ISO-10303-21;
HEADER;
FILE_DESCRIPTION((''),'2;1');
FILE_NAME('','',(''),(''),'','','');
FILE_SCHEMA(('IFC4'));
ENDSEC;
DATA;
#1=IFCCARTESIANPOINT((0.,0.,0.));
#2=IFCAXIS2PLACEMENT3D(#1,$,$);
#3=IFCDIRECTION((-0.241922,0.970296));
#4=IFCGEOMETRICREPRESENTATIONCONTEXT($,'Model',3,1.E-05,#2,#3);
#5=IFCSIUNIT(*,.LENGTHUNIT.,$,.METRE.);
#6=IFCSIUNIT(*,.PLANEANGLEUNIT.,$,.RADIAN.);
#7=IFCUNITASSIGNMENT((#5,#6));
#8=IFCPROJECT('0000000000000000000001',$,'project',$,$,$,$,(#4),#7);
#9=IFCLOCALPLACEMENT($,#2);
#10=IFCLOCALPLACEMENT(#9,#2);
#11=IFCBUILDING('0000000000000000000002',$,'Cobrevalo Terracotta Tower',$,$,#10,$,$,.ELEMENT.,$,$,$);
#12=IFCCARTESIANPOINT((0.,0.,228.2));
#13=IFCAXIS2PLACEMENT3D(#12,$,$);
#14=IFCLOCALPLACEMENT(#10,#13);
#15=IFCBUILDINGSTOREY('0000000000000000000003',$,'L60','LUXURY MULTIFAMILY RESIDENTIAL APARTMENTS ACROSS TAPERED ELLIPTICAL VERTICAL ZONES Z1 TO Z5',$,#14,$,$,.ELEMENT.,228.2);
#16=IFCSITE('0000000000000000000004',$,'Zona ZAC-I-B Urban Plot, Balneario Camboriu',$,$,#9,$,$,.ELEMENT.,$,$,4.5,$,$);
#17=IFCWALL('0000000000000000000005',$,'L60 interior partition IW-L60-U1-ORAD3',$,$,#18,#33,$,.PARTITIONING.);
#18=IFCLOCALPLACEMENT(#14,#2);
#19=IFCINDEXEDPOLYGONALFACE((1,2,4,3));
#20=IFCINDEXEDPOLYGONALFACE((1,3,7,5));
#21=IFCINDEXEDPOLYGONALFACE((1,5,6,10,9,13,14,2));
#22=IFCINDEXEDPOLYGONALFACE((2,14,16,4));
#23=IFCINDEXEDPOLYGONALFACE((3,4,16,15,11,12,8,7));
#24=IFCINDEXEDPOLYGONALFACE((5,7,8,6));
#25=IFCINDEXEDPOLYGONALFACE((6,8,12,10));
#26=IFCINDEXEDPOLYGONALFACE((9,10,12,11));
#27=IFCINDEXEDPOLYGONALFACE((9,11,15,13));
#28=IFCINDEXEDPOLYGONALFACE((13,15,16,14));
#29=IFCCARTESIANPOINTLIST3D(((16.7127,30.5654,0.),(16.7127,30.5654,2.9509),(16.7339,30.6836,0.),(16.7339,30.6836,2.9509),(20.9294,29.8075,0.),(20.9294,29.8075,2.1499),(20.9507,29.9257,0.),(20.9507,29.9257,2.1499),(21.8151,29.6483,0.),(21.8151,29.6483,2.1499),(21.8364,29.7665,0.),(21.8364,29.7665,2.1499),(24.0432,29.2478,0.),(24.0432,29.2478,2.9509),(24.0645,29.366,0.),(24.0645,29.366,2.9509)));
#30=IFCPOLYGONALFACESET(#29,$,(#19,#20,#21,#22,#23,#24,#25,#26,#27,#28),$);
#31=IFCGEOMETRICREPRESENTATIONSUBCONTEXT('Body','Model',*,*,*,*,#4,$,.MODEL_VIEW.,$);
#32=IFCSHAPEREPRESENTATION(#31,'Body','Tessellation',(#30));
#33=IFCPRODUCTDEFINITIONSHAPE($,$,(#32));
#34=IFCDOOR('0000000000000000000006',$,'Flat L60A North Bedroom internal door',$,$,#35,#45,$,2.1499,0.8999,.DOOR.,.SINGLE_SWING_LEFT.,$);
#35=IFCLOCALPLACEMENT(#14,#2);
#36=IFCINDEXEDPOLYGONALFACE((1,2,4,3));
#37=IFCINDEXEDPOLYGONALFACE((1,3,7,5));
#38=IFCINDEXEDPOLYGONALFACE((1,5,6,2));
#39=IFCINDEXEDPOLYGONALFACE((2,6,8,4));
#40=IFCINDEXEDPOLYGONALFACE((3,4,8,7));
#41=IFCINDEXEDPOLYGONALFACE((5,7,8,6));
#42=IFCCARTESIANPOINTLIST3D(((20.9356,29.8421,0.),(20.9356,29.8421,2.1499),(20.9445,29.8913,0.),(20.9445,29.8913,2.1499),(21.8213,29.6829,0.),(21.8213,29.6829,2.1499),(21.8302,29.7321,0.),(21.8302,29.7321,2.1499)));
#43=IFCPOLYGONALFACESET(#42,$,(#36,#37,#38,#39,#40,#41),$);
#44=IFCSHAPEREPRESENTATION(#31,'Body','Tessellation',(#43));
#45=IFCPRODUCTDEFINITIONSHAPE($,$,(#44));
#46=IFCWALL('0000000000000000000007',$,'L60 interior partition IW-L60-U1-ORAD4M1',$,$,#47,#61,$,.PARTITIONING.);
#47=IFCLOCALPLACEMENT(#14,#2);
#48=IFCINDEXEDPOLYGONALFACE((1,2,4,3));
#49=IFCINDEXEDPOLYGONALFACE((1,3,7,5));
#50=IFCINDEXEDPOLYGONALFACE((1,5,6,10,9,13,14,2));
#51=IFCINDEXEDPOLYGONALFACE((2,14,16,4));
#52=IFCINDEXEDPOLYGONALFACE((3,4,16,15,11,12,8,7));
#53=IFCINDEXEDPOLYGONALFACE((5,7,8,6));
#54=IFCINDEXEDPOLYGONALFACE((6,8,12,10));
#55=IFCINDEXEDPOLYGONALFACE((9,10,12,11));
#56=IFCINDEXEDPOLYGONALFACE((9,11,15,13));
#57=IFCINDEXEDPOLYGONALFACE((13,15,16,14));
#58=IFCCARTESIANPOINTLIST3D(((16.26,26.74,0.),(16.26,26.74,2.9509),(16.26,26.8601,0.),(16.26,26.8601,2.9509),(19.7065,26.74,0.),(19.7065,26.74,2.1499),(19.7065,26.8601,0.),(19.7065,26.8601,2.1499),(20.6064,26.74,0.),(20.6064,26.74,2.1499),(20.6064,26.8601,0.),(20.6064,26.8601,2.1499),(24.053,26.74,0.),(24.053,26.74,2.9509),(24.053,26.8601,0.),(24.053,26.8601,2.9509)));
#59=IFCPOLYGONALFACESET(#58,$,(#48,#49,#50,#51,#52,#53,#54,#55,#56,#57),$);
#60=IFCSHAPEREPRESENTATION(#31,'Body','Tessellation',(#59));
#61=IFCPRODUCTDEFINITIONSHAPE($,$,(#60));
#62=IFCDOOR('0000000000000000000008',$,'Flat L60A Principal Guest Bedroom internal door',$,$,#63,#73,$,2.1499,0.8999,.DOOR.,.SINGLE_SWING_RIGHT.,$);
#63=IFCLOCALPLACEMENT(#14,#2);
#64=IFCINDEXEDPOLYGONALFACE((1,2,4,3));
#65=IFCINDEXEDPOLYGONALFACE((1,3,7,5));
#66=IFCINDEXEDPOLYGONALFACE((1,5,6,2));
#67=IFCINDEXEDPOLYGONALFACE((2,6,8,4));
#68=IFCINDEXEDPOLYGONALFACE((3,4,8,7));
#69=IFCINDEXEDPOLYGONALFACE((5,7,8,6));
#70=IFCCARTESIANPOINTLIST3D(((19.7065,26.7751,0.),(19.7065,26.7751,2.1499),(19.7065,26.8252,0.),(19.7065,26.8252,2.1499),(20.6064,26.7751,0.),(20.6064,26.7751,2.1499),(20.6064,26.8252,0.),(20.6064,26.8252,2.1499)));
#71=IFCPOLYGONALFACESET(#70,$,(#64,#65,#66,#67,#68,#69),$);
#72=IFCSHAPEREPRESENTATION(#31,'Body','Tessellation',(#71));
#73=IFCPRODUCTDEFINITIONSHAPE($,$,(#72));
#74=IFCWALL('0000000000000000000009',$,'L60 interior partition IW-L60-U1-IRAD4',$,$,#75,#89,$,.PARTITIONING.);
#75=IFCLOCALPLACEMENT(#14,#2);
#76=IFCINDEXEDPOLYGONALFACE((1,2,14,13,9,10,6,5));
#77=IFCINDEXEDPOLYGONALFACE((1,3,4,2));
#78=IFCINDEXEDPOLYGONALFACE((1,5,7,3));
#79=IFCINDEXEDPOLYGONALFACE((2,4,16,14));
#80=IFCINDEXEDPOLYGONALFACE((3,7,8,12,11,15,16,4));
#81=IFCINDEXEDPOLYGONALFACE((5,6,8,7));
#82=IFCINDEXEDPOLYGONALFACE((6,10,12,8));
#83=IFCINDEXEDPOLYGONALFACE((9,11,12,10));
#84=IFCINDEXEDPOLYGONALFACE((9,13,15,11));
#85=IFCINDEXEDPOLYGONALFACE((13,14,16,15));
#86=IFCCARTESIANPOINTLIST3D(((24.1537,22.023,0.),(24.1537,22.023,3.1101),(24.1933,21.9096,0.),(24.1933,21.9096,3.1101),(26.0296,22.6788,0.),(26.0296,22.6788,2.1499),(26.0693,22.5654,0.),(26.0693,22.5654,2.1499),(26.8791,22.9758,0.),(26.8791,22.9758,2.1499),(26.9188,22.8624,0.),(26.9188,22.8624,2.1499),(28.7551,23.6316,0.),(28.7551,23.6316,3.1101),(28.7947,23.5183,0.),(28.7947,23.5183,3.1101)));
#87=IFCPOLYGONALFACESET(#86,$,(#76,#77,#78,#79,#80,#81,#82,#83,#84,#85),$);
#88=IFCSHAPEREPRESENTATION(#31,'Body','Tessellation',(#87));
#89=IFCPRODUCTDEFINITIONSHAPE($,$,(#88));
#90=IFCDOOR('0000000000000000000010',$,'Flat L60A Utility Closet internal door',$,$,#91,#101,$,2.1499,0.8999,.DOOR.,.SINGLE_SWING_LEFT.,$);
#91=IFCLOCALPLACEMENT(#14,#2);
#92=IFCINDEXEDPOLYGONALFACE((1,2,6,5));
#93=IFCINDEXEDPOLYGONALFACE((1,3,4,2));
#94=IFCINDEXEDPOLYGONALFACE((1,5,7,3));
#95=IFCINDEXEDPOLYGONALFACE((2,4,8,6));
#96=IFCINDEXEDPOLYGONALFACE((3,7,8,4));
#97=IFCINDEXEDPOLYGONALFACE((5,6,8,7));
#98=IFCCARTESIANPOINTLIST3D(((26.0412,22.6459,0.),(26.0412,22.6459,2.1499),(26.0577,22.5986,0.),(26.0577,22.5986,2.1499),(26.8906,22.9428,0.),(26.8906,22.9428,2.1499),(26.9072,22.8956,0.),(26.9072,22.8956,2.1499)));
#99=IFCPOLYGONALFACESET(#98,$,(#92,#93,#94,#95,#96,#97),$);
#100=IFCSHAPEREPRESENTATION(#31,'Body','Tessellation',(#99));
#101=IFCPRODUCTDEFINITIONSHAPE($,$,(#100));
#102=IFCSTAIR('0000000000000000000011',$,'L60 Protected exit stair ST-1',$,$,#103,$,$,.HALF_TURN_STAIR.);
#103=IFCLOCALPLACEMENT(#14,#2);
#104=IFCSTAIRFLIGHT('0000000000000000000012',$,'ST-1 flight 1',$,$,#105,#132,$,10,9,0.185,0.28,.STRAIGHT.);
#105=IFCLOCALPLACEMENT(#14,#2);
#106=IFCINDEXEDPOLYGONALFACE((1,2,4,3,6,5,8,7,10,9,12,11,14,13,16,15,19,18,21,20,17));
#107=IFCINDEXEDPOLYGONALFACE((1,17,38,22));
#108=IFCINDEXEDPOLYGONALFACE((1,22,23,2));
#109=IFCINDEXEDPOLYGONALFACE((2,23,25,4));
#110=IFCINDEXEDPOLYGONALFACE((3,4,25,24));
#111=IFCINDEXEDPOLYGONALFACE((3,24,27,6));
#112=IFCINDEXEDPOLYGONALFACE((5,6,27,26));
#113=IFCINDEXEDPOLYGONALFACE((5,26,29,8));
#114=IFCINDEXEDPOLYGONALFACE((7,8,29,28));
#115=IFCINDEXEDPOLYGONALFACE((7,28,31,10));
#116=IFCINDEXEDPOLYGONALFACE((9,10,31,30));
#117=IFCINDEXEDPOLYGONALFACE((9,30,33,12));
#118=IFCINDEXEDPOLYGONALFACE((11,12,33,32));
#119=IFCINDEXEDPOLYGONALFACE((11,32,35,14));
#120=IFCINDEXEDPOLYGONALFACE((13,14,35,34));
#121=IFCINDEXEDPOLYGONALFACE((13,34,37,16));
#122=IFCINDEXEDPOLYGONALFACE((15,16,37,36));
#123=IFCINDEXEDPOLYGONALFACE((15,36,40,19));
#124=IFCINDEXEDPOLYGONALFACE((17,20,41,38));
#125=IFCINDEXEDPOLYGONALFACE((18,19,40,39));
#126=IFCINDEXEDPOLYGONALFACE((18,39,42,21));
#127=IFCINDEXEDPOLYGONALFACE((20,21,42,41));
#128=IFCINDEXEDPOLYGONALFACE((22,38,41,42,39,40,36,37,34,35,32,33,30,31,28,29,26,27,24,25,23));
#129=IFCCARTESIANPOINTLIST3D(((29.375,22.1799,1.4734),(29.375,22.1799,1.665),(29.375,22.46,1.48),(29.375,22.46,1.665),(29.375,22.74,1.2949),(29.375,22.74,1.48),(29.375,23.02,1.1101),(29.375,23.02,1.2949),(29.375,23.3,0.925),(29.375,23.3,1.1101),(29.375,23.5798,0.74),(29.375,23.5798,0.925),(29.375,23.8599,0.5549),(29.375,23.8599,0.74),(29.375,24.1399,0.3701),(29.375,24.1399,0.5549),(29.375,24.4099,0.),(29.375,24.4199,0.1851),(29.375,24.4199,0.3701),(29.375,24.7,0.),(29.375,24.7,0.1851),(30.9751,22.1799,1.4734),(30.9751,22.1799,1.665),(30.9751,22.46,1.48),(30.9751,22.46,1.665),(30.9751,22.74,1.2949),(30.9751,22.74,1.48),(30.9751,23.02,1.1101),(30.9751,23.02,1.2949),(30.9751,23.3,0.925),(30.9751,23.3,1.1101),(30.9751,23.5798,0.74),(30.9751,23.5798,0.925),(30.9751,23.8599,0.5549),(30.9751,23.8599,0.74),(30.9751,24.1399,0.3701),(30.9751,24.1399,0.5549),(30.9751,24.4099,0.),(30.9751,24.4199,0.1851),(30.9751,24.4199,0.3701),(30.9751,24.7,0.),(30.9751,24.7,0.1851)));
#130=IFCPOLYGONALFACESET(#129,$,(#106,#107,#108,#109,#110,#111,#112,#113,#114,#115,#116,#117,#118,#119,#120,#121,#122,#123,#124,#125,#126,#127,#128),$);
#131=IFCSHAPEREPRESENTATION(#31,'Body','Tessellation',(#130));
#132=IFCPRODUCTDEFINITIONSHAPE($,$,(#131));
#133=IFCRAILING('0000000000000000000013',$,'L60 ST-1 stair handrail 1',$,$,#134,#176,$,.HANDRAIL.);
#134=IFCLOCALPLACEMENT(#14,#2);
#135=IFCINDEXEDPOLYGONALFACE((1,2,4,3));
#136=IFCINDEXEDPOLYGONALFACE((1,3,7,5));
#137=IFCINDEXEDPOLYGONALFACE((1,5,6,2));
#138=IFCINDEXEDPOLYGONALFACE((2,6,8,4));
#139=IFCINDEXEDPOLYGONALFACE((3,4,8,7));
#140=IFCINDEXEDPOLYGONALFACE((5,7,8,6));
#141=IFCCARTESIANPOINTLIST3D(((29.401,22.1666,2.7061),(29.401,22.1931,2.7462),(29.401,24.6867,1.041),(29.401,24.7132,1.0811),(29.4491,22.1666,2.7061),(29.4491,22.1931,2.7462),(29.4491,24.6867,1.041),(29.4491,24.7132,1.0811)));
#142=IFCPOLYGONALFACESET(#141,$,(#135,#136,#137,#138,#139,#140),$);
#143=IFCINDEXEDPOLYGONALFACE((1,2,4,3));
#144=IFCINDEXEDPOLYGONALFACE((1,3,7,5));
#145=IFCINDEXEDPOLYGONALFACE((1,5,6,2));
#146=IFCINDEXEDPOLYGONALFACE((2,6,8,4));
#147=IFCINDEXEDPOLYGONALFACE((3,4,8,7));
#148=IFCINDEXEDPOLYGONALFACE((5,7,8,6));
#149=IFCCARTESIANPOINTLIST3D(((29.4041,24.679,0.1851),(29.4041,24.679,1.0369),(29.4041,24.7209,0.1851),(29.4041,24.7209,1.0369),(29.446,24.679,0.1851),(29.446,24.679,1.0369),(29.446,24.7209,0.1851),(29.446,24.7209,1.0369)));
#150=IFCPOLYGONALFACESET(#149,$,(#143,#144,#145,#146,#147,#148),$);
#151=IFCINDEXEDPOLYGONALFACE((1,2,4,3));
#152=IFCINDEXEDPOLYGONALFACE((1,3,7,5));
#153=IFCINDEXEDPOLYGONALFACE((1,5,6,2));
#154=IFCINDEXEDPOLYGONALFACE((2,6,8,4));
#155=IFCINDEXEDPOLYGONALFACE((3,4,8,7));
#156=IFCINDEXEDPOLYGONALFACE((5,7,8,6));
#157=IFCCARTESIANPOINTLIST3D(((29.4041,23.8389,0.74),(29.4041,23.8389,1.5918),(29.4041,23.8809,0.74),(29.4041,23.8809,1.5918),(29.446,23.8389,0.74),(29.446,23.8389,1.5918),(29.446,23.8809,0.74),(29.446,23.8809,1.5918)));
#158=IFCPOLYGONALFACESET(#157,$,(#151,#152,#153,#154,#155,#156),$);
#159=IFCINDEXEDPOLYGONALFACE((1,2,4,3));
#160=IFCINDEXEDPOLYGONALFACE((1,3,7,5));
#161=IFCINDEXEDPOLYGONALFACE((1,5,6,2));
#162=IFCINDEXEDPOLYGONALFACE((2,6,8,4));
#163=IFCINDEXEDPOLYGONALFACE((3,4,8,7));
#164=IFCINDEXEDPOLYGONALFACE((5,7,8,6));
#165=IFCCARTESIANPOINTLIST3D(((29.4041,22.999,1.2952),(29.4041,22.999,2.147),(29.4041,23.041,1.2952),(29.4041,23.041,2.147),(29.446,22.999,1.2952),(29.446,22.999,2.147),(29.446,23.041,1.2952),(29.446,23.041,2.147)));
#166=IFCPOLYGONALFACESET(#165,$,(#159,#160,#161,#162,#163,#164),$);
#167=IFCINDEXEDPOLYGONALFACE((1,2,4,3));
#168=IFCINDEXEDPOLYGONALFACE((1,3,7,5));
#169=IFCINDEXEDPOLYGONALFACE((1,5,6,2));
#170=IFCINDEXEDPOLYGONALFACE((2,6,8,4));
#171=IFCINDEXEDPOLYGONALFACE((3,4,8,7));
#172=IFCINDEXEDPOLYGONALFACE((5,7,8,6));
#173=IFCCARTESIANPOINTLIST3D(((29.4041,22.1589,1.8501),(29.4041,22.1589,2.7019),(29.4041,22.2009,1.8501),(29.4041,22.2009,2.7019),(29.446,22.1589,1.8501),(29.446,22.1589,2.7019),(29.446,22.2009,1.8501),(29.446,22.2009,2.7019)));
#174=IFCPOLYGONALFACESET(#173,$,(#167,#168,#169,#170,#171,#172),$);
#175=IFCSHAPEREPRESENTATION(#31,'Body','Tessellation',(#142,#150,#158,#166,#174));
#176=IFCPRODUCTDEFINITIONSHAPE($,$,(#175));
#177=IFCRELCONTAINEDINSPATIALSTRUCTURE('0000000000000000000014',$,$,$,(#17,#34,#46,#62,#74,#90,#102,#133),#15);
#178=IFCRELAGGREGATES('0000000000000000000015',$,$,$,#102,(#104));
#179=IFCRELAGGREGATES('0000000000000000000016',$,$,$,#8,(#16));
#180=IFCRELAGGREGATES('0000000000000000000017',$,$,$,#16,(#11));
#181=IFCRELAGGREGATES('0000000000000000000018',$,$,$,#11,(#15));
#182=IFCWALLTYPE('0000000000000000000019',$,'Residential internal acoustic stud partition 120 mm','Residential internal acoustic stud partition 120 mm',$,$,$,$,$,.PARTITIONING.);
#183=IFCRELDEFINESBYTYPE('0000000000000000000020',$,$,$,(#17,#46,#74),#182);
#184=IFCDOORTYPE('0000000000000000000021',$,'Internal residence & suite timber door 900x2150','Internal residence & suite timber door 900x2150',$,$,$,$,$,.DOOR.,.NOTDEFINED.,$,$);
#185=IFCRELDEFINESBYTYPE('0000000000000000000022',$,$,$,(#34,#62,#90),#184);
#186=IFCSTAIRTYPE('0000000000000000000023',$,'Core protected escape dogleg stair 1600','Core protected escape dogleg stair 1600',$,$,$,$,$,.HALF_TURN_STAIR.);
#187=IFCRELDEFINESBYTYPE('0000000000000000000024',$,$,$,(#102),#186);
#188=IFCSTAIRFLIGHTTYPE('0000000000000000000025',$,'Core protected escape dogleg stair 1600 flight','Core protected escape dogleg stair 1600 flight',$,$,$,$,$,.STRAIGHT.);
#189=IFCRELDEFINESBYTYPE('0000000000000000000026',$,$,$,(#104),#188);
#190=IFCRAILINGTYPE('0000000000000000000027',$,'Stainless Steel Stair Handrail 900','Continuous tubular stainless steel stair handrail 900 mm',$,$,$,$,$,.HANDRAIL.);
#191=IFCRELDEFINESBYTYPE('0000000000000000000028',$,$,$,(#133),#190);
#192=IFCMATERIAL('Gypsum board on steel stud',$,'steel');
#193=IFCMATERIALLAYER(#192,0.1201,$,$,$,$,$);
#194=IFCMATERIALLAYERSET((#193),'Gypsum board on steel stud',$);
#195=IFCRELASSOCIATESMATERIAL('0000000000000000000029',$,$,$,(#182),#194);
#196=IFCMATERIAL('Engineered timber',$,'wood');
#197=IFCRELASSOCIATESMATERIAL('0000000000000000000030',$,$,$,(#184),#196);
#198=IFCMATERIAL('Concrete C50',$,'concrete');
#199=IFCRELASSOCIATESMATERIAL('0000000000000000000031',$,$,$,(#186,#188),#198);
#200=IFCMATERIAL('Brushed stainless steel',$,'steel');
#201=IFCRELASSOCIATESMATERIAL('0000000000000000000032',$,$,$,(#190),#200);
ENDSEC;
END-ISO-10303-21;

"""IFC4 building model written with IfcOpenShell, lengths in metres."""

from ifc_helpers import new_model, si_unit, direction, frame, frame_2d, origin, origin_2d, place, context, subcontext, project, spatial, polyline, rectangle, outline, extrude, source, transform, mapped, material, layer, layer_set, type_object, element, fill, aggregate, save


model = new_model("IFC4")

# Units and contexts
model_context = context("Model", 3, precision=1e-05, world=origin(), true_north=direction((-0.241922, 0.970296)))
body_context = subcontext(model_context, "Body", "Model", "MODEL_VIEW")
ifc_project = project(units=[si_unit("LENGTHUNIT", "METRE"), si_unit("PLANEANGLEUNIT", "RADIAN")], contexts=[model_context])

# Site, building, storey
site_placement = place(None, origin())
site = spatial("IfcSite", under=ifc_project, at=site_placement, Name="Zona ZAC-I-B Urban Plot, Balneario Camboriu", CompositionType="ELEMENT", RefElevation=4.5)
building_placement = place(site_placement, origin())
building = spatial("IfcBuilding", under=site, at=building_placement, Name="Cobrevalo Terracotta Tower", CompositionType="ELEMENT")
storey_placement = place(building_placement, frame((0.0, 0.0, 228.2)))
storey = spatial("IfcBuildingStorey", under=building, at=storey_placement, Name="L60", Description="LUXURY MULTIFAMILY RESIDENTIAL APARTMENTS ACROSS TAPERED ELLIPTICAL VERTICAL ZONES Z1 TO Z5", CompositionType="ELEMENT", Elevation=228.2)

# Shared definitions
ifc_material_1 = material(Name="Gypsum board on steel stud", Category="steel")

# Shared definitions
ifc_material_2 = material(Name="Brushed stainless steel", Category="steel")

# Walls, openings, doors
ifc_layer_1 = layer(ifc_material_1, 0.1201)
ifc_layer_set_1 = layer_set([ifc_layer_1], Name="Gypsum board on steel stud")
wall_type_1 = type_object("IfcWallType", Name="Residential internal acoustic stud partition 120 mm", Description="Residential internal acoustic stud partition 120 mm", PredefinedType="PARTITIONING", material=ifc_layer_set_1)
wall_1_placement = place(storey_placement, frame((24.054, 29.3069, 0.0), z_axis=(0.0, 0.0, 1.0), x_axis=(-0.984227, 0.176909, 0.0)))
wall_1 = element("IfcWall", 1, at=wall_1_placement, inside=storey, type_object=wall_type_1, Name="L60 interior partition IW-L60-U1-ORAD3", PredefinedType="PARTITIONING", context=body_context, shape_type="SweptSolid", body=[
    extrude(rectangle(XDim=7.448, YDim=0.1201, at=frame_2d((3.7241, 0.0))), origin(), (0.0, 0.0, 1.0), 2.9509),
])
opening_1_placement = place(wall_1_placement, frame((2.2639, 0.0, 0.0)))
opening_1 = element("IfcOpeningElement", 2, at=opening_1_placement, cuts=wall_1, PredefinedType="OPENING", context=body_context, shape_type="SweptSolid", body=[
    extrude(rectangle(XDim=0.8999, YDim=2.1499, at=frame_2d((0.45, 1.075))), frame((0.0, 0.0701, 0.0), z_axis=(0.0, -1.0, 0.0), x_axis=(1.0, 0.0, 0.0)), (0.0, 0.0, 1.0), 0.1401),
])
ifc_material_3 = material(Name="Engineered timber", Category="wood")
door_type_1 = type_object("IfcDoorType", Name="Internal residence & suite timber door 900x2150", Description="Internal residence & suite timber door 900x2150", OperationType="NOTDEFINED", PredefinedType="DOOR", material=ifc_material_3)
shared_shape_1 = source(origin(), body_context, "Body", "SweptSolid", [
    extrude(rectangle(XDim=0.8999, YDim=2.1499, at=frame_2d((0.45, 1.075))), frame((0.0, 0.0249, 0.0), z_axis=(0.0, -1.0, 0.0), x_axis=(1.0, 0.0, 0.0)), (0.0, 0.0, 1.0), 0.05),
])
door_1_placement = place(opening_1_placement, origin())
door_1 = element("IfcDoor", 3, at=door_1_placement, inside=storey, type_object=door_type_1, Name="Flat L60A North Bedroom internal door", OperationType="SINGLE_SWING_LEFT", OverallHeight=2.1499, OverallWidth=0.8999, PredefinedType="DOOR", context=body_context, shape_type="MappedRepresentation", body=[
    mapped(shared_shape_1, transform((0.0, 0.0, 0.0), scale=1.0)),
])
fill(opening_1, door_1)
wall_2_placement = place(storey_placement, frame((24.053, 26.8, 0.0), z_axis=(0.0, 0.0, 1.0), x_axis=(-1.0, 0.0, 0.0)))
wall_2 = element("IfcWall", 4, at=wall_2_placement, inside=storey, type_object=wall_type_1, Name="L60 interior partition IW-L60-U1-ORAD4M1", PredefinedType="PARTITIONING", context=body_context, shape_type="SweptSolid", body=[
    extrude(rectangle(XDim=7.793, YDim=0.1201, at=frame_2d((3.8965, 0.0))), origin(), (0.0, 0.0, 1.0), 2.9509),
])
opening_2_placement = place(wall_2_placement, frame((3.4465, 0.0, 0.0)))
opening_2 = element("IfcOpeningElement", 5, at=opening_2_placement, cuts=wall_2, PredefinedType="OPENING", context=body_context, shape_type="SweptSolid", body=[
    extrude(rectangle(XDim=0.8999, YDim=2.1499, at=frame_2d((0.45, 1.075))), frame((0.0, 0.0701, 0.0), z_axis=(0.0, -1.0, 0.0), x_axis=(1.0, 0.0, 0.0)), (0.0, 0.0, 1.0), 0.1401),
])
door_2_placement = place(opening_2_placement, origin())
door_2 = element("IfcDoor", 6, at=door_2_placement, inside=storey, type_object=door_type_1, Name="Flat L60A Principal Guest Bedroom internal door", OperationType="SINGLE_SWING_RIGHT", OverallHeight=2.1499, OverallWidth=0.8999, PredefinedType="DOOR", context=body_context, shape_type="MappedRepresentation", body=[
    mapped(shared_shape_1, transform((0.0, 0.0, 0.0), scale=1.0)),
])
fill(opening_2, door_2)
wall_3_placement = place(storey_placement, frame((28.7749, 23.575, 0.0), z_axis=(0.0, 0.0, 1.0), x_axis=(-0.943975, -0.330018, 0.0)))
wall_3 = element("IfcWall", 7, at=wall_3_placement, inside=storey, type_object=wall_type_1, Name="L60 interior partition IW-L60-U1-IRAD4", PredefinedType="PARTITIONING", context=body_context, shape_type="SweptSolid", body=[
    extrude(rectangle(XDim=4.8745, YDim=0.1201, at=frame_2d((2.4373, 0.0))), origin(), (0.0, 0.0, 1.0), 3.1101),
])
opening_3_placement = place(wall_3_placement, frame((1.9873, 0.0, 0.0)))
opening_3 = element("IfcOpeningElement", 8, at=opening_3_placement, cuts=wall_3, PredefinedType="OPENING", context=body_context, shape_type="SweptSolid", body=[
    extrude(rectangle(XDim=0.8999, YDim=2.1499, at=frame_2d((0.45, 1.075))), frame((0.0, 0.0701, 0.0), z_axis=(0.0, -1.0, 0.0), x_axis=(1.0, 0.0, 0.0)), (0.0, 0.0, 1.0), 0.1401),
])
door_3_placement = place(opening_3_placement, origin())
door_3 = element("IfcDoor", 9, at=door_3_placement, inside=storey, type_object=door_type_1, Name="Flat L60A Utility Closet internal door", OperationType="SINGLE_SWING_LEFT", OverallHeight=2.1499, OverallWidth=0.8999, PredefinedType="DOOR", context=body_context, shape_type="MappedRepresentation", body=[
    mapped(shared_shape_1, transform((0.0, 0.0, 0.0), scale=1.0)),
])
fill(opening_3, door_3)
ifc_material_4 = material(Name="Concrete C50", Category="concrete")

# Stair, stair flight
stair_type = type_object("IfcStairType", Name="Core protected escape dogleg stair 1600", Description="Core protected escape dogleg stair 1600", PredefinedType="HALF_TURN_STAIR", material=ifc_material_4)
stair_placement = place(storey_placement, origin())
stair = element("IfcStair", 10, at=stair_placement, inside=storey, type_object=stair_type, Name="L60 Protected exit stair ST-1", PredefinedType="HALF_TURN_STAIR")
stair_flight_type = type_object("IfcStairFlightType", Name="Core protected escape dogleg stair 1600 flight", Description="Core protected escape dogleg stair 1600 flight", PredefinedType="STRAIGHT", material=ifc_material_4)
stair_flight_placement = place(storey_placement, frame((30.175, 24.7, 0.0), z_axis=(0.0, 0.0, 1.0), x_axis=(0.0, -1.0, 0.0)))
stair_flight = element("IfcStairFlight", 11, at=stair_flight_placement, type_object=stair_flight_type, Name="ST-1 flight 1", NumberOfRisers=10, NumberOfTreads=9, PredefinedType="STRAIGHT", RiserHeight=0.185, TreadLength=0.28, context=body_context, shape_type="SweptSolid", body=[
    extrude(outline(polyline([(0.0, 0.0), (0.0, 0.1851), (0.28, 0.1851), (0.28, 0.3701), (0.5601, 0.3701), (0.5601, 0.5549), (0.8401, 0.5549), (0.8401, 0.74), (1.1201, 0.74), (1.1201, 0.925), (1.3999, 0.925), (1.3999, 1.1101), (1.6799, 1.1101), (1.6799, 1.2949), (1.96, 1.2949), (1.96, 1.48), (2.24, 1.48), (2.24, 1.665), (2.52, 1.665), (2.52, 1.8501), (2.52, 1.4734), (0.29, 0.0), (0.0, 0.0)])), frame((0.0, 0.8, 0.0), z_axis=(0.0, -1.0, 0.0), x_axis=(1.0, 0.0, 0.0)), (0.0, 0.0, 1.0), 1.6001),
])
aggregate(stair, [stair_flight])

# Railing
railing_type_1 = type_object("IfcRailingType", Name="Stainless Steel Stair Handrail 900", Description="Continuous tubular stainless steel stair handrail 900 mm", PredefinedType="HANDRAIL", material=ifc_material_2)
railing_1_placement = place(storey_placement, frame((29.425, 24.7, 0.1851)))
element("IfcRailing", 12, at=railing_1_placement, inside=storey, type_object=railing_type_1, Name="L60 ST-1 stair handrail 1", PredefinedType="HANDRAIL", context=body_context, shape_type="SweptSolid", body=[
    extrude(rectangle(XDim=0.0481, YDim=0.0481, at=origin_2d()), frame((0.0, 0.0, 0.876), z_axis=(0.0, -0.834331, 0.551263), x_axis=(1.0, 0.0, 0.0)), (0.0, 0.0, 1.0), 3.0205),
    extrude(rectangle(XDim=0.042, YDim=0.042, at=origin_2d()), origin(), (0.0, 0.0, 1.0), 0.8518),
    extrude(rectangle(XDim=0.042, YDim=0.042, at=origin_2d()), frame((0.0, -0.8401, 0.5549)), (0.0, 0.0, 1.0), 0.8518),
    extrude(rectangle(XDim=0.042, YDim=0.042, at=origin_2d()), frame((0.0, -1.6799, 1.1101)), (0.0, 0.0, 1.0), 0.8518),
    extrude(rectangle(XDim=0.042, YDim=0.042, at=origin_2d()), frame((0.0, -2.52, 1.665)), (0.0, 0.0, 1.0), 0.8518),
])

save(model, "model.ifc")
